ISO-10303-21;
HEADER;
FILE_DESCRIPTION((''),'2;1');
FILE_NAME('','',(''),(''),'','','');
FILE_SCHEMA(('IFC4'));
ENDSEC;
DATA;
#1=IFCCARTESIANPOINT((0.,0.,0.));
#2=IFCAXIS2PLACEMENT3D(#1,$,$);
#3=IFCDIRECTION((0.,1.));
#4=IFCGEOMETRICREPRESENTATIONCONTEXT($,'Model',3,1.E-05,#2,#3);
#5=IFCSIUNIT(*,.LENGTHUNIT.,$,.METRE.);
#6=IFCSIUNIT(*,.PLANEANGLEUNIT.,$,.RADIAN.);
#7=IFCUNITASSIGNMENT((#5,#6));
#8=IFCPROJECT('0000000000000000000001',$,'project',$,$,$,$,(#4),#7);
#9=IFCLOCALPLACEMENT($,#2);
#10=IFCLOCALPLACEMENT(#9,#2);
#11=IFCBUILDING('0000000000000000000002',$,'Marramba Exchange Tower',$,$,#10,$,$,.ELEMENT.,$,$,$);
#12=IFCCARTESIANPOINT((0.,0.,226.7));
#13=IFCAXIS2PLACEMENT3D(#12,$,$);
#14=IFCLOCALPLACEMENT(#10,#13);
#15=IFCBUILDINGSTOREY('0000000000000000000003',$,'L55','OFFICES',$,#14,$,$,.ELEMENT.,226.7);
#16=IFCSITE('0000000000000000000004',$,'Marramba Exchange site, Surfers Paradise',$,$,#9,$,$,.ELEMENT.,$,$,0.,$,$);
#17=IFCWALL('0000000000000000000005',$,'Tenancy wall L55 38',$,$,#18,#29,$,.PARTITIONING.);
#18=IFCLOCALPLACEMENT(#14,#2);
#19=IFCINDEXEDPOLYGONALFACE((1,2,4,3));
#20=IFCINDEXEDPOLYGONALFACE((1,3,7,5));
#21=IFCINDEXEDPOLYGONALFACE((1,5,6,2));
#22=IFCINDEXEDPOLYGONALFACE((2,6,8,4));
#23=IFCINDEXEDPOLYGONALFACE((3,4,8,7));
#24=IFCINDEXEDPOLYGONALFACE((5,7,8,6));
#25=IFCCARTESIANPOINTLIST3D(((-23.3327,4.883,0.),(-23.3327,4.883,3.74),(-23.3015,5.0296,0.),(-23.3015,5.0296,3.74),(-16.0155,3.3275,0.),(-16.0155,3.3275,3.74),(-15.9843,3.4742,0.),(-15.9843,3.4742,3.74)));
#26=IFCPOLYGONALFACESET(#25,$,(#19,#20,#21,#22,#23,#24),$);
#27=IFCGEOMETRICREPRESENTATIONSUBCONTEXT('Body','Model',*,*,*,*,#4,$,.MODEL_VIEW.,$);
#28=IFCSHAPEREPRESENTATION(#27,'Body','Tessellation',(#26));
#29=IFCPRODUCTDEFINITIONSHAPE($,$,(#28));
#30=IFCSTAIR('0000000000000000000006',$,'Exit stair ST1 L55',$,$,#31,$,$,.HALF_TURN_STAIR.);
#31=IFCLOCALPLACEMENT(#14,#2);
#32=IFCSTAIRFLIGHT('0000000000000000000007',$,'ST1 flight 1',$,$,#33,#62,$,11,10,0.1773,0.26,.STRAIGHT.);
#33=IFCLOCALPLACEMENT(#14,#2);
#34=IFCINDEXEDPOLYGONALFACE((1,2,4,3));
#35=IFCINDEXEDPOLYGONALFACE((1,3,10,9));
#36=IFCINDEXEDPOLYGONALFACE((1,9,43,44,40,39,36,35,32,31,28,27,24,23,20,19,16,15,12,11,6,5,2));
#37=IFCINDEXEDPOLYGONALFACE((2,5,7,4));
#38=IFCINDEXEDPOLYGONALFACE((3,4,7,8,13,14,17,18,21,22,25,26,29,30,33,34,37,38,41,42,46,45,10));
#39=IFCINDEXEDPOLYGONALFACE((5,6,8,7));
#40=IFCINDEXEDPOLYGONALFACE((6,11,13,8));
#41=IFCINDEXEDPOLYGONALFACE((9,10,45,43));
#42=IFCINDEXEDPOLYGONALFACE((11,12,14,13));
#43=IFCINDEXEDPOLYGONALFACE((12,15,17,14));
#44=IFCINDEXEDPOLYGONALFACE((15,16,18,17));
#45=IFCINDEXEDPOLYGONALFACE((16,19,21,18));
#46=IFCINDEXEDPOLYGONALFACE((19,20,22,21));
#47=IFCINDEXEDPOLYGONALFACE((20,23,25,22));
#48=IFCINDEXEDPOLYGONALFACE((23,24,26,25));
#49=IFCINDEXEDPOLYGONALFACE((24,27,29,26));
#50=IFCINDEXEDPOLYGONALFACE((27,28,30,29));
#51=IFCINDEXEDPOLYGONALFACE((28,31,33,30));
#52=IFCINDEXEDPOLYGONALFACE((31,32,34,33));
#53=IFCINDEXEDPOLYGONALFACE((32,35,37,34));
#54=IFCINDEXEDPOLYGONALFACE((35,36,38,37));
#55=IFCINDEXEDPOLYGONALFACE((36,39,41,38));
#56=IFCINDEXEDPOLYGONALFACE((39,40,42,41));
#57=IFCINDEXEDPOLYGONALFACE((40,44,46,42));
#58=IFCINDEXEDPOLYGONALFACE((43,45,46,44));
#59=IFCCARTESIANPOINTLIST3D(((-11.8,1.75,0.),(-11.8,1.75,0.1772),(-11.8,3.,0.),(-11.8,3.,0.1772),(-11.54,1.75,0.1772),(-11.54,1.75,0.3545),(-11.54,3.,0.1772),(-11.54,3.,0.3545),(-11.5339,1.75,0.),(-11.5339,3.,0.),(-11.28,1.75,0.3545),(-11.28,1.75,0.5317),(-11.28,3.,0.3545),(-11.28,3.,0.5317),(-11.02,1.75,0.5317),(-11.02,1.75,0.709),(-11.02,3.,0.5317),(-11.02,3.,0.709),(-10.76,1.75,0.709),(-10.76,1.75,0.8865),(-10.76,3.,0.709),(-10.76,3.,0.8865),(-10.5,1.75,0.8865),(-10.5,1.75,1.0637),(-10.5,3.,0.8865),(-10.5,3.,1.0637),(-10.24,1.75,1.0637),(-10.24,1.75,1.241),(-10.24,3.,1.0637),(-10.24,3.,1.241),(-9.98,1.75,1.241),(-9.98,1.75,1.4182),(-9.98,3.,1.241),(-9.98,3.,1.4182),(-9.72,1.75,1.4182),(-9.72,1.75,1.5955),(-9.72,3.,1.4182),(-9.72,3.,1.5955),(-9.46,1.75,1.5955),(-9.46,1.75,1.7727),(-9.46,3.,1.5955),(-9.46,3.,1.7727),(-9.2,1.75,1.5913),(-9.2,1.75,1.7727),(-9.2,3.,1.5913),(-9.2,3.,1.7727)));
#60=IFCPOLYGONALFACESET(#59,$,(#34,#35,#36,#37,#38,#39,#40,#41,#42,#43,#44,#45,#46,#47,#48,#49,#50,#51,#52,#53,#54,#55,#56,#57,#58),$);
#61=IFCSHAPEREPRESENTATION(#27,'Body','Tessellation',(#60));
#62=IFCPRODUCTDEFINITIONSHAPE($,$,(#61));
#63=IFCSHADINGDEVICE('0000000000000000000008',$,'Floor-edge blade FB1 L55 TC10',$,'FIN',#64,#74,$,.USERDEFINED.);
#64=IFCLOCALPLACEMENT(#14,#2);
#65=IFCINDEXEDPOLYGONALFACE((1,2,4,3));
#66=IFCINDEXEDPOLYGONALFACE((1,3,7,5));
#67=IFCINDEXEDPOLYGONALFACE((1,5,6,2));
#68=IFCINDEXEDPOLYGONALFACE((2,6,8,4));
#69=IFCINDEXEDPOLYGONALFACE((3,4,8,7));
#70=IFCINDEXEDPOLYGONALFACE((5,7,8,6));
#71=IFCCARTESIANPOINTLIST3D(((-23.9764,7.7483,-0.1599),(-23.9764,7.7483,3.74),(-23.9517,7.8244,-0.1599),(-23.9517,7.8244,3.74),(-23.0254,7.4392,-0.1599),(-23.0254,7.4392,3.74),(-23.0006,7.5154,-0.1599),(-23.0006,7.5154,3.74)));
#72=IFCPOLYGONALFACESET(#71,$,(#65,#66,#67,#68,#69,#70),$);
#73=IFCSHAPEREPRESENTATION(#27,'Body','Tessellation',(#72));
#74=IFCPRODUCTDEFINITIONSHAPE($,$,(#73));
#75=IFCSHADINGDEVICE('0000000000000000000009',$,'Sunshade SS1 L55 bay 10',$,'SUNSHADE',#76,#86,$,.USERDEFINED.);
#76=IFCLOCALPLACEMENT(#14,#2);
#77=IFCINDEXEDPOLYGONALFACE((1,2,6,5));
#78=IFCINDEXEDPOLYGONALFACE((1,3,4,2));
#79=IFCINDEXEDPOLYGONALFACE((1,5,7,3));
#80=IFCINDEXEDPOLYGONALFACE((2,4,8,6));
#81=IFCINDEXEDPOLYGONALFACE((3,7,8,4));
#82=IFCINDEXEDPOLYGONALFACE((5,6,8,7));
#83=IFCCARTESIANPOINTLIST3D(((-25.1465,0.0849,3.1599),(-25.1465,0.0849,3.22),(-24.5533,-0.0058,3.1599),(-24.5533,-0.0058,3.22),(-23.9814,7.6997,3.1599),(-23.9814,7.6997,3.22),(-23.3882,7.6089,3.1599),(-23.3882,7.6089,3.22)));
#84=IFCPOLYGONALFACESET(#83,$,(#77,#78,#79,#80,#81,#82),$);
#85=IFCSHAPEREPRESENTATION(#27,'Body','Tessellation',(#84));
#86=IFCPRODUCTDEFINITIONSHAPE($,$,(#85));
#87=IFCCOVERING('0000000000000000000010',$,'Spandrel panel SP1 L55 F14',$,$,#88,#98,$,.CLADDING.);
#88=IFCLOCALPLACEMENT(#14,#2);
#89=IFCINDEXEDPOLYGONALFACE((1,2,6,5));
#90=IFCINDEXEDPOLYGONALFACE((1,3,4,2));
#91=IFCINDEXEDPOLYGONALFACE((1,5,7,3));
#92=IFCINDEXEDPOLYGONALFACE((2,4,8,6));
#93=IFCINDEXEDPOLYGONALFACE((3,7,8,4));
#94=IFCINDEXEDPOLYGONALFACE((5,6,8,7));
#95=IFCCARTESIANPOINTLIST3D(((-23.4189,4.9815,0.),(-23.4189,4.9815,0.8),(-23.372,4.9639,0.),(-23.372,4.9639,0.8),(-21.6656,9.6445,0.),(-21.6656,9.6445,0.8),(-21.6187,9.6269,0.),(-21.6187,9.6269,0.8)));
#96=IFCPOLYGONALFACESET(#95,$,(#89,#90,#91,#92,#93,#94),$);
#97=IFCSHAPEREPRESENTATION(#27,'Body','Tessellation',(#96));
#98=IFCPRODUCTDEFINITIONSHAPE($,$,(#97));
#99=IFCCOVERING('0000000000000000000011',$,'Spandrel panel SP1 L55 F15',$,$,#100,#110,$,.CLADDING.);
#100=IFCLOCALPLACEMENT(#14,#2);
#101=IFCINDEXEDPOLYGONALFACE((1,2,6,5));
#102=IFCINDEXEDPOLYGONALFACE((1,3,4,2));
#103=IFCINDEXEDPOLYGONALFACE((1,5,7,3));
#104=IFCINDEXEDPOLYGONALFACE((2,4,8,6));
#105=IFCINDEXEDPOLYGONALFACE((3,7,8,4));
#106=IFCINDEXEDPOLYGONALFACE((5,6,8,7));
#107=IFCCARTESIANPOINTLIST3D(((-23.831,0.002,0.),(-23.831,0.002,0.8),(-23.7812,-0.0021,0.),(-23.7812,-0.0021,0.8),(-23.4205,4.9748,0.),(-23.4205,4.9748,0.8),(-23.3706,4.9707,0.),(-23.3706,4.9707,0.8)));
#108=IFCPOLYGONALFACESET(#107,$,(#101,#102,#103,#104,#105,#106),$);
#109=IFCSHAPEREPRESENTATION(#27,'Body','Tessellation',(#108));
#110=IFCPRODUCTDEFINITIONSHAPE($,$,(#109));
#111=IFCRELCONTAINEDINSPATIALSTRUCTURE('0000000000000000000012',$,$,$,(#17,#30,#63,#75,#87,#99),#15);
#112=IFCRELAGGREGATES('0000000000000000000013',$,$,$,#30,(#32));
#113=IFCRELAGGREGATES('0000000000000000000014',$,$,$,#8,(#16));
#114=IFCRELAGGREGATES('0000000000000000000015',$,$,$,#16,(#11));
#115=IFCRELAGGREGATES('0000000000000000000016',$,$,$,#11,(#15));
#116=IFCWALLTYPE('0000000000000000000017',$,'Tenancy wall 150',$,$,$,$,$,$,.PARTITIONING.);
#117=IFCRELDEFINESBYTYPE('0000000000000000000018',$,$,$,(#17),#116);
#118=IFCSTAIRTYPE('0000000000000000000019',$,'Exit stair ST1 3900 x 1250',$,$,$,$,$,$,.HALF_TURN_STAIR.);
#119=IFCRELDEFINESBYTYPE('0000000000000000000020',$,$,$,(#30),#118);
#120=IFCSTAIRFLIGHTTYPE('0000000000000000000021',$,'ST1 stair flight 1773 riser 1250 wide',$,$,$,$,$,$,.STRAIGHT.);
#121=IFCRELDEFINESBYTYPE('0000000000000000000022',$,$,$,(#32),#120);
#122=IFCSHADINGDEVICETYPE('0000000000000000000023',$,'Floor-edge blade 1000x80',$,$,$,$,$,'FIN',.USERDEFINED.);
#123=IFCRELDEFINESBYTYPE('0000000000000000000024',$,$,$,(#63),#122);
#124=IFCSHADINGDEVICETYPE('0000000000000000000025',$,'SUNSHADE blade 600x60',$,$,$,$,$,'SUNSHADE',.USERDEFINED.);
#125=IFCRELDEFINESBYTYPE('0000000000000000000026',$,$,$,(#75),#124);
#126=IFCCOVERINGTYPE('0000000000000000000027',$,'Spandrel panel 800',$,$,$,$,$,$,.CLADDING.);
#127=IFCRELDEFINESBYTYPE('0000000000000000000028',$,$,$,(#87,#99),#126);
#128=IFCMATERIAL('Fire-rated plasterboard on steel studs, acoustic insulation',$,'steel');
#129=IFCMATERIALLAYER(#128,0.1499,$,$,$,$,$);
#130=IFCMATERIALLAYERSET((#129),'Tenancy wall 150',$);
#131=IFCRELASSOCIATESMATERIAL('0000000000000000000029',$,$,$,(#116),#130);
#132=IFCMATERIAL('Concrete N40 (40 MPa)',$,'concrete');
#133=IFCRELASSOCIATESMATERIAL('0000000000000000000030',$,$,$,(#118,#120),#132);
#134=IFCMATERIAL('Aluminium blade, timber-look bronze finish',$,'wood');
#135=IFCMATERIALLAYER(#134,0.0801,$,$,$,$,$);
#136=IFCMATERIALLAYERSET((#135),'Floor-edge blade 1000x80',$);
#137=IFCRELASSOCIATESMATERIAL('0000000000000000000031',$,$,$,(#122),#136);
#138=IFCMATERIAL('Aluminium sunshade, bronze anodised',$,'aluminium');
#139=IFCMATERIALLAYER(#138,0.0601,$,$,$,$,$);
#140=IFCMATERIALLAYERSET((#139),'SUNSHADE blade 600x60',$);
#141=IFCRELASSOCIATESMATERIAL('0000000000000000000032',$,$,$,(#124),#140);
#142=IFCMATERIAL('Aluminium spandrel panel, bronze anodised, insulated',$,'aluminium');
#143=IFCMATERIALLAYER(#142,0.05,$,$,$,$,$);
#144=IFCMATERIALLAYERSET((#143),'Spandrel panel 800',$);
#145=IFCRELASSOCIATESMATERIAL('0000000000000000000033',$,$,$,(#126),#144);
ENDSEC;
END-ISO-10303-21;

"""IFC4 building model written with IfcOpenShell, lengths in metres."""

from ifc_helpers import new_model, si_unit, direction, frame, frame_2d, origin, origin_2d, place, context, subcontext, project, spatial, polyline, rectangle, outline, extrude, material, layer, layer_set, type_object, element, aggregate, save


model = new_model("IFC4")

# Units and contexts
model_context = context("Model", 3, precision=1e-05, world=origin(), true_north=direction((0.0, 1.0)))
body_context = subcontext(model_context, "Body", "Model", "MODEL_VIEW")
ifc_project = project(units=[si_unit("LENGTHUNIT", "METRE"), si_unit("PLANEANGLEUNIT", "RADIAN")], contexts=[model_context])

# Site, building, storey
site_placement = place(None, origin())
site = spatial("IfcSite", under=ifc_project, at=site_placement, Name="Marramba Exchange site, Surfers Paradise", CompositionType="ELEMENT", RefElevation=0.0)
building_placement = place(site_placement, origin())
building = spatial("IfcBuilding", under=site, at=building_placement, Name="Marramba Exchange Tower", CompositionType="ELEMENT")
storey_placement = place(building_placement, frame((0.0, 0.0, 226.7)))
storey = spatial("IfcBuildingStorey", under=building, at=storey_placement, Name="L55", Description="OFFICES", CompositionType="ELEMENT", Elevation=226.7)

# Wall
ifc_material_1 = material(Name="Fire-rated plasterboard on steel studs, acoustic insulation", Category="steel")
ifc_layer_1 = layer(ifc_material_1, 0.1499)
ifc_layer_set_1 = layer_set([ifc_layer_1], Name="Tenancy wall 150")
wall_type_1 = type_object("IfcWallType", Name="Tenancy wall 150", PredefinedType="PARTITIONING", material=ifc_layer_set_1)
wall_1_placement = place(storey_placement, frame((-16.0, 3.4009, 0.0), z_axis=(0.0, 0.0, 1.0), x_axis=(-0.978144, 0.207926, 0.0)))
element("IfcWall", 1, at=wall_1_placement, inside=storey, type_object=wall_type_1, Name="Tenancy wall L55 38", PredefinedType="PARTITIONING", context=body_context, shape_type="SweptSolid", body=[
    extrude(rectangle(XDim=7.4807, YDim=0.1499, at=frame_2d((3.7402, 0.0))), origin(), (0.0, 0.0, 1.0), 3.74),
])

# Stair, stair flight
ifc_material_2 = material(Name="Concrete N40 (40 MPa)", Category="concrete")
stair_type = type_object("IfcStairType", Name="Exit stair ST1 3900 x 1250", PredefinedType="HALF_TURN_STAIR", material=ifc_material_2)
stair_placement = place(storey_placement, origin())
stair = element("IfcStair", 2, at=stair_placement, inside=storey, type_object=stair_type, Name="Exit stair ST1 L55", PredefinedType="HALF_TURN_STAIR")
stair_flight_type = type_object("IfcStairFlightType", Name="ST1 stair flight 1773 riser 1250 wide", PredefinedType="STRAIGHT", material=ifc_material_2)
stair_flight_placement = place(storey_placement, frame((-11.8, 2.375, 0.0), z_axis=(0.0, 0.0, 1.0), x_axis=(1.0, 0.0, 0.0)))
stair_flight = element("IfcStairFlight", 3, at=stair_flight_placement, type_object=stair_flight_type, Name="ST1 flight 1", NumberOfRisers=11, NumberOfTreads=10, PredefinedType="STRAIGHT", RiserHeight=0.1773, TreadLength=0.26, context=body_context, shape_type="SweptSolid", body=[
    extrude(outline(polyline([(0.0, 0.0), (0.0, 0.1772), (0.26, 0.1772), (0.26, 0.3545), (0.52, 0.3545), (0.52, 0.5317), (0.78, 0.5317), (0.78, 0.709), (1.04, 0.709), (1.04, 0.8865), (1.3, 0.8865), (1.3, 1.0637), (1.5601, 1.0637), (1.5601, 1.241), (1.8201, 1.241), (1.8201, 1.4182), (2.0801, 1.4182), (2.0801, 1.5955), (2.3401, 1.5955), (2.3401, 1.7727), (2.6001, 1.7727), (2.6001, 1.95), (2.6001, 1.5913), (0.2661, 0.0), (0.0, 0.0)])), frame((0.0, 0.625, 0.0), z_axis=(0.0, -1.0, 0.0), x_axis=(1.0, 0.0, 0.0)), (0.0, 0.0, 1.0), 1.25),
])
aggregate(stair, [stair_flight])

# Shading devices
ifc_material_3 = material(Name="Aluminium blade, timber-look bronze finish", Category="wood")
ifc_layer_2 = layer(ifc_material_3, 0.0801)
ifc_layer_set_2 = layer_set([ifc_layer_2], Name="Floor-edge blade 1000x80")
shading_device_type_1 = type_object("IfcShadingDeviceType", Name="Floor-edge blade 1000x80", ElementType="FIN", PredefinedType="USERDEFINED", material=ifc_layer_set_2)
shading_device_1_placement = place(storey_placement, frame((-23.4885, 7.6318, -0.1599), z_axis=(0.0, 0.0, 1.0), x_axis=(-0.951057, 0.309017, 0.0)))
element("IfcShadingDevice", 4, at=shading_device_1_placement, inside=storey, type_object=shading_device_type_1, Name="Floor-edge blade FB1 L55 TC10", ObjectType="FIN", PredefinedType="USERDEFINED", context=body_context, shape_type="SweptSolid", body=[
    extrude(rectangle(XDim=1.0, YDim=0.0801, at=origin_2d()), origin(), (0.0, 0.0, 1.0), 3.8999),
])
ifc_material_4 = material(Name="Aluminium sunshade, bronze anodised", Category="aluminium")
ifc_layer_3 = layer(ifc_material_4, 0.0601)
ifc_layer_set_3 = layer_set([ifc_layer_3], Name="SUNSHADE blade 600x60")
shading_device_type_2 = type_object("IfcShadingDeviceType", Name="SUNSHADE blade 600x60", ElementType="SUNSHADE", PredefinedType="USERDEFINED", material=ifc_layer_set_3)
shading_device_2_placement = place(storey_placement, frame((-24.2673, 3.8469, 3.1599), z_axis=(0.0, 0.0, 1.0), x_axis=(-0.151241, -0.988497, 0.0)))
element("IfcShadingDevice", 5, at=shading_device_2_placement, inside=storey, type_object=shading_device_type_2, Name="Sunshade SS1 L55 bay 10", ObjectType="SUNSHADE", PredefinedType="USERDEFINED", context=body_context, shape_type="SweptSolid", body=[
    extrude(rectangle(XDim=7.7034, YDim=0.6001, at=origin_2d()), origin(), (0.0, 0.0, 1.0), 0.0601),
])

# Coverings
ifc_material_5 = material(Name="Aluminium spandrel panel, bronze anodised, insulated", Category="aluminium")
ifc_layer_4 = layer(ifc_material_5, 0.05)
ifc_layer_set_4 = layer_set([ifc_layer_4], Name="Spandrel panel 800")
covering_type = type_object("IfcCoveringType", Name="Spandrel panel 800", PredefinedType="CLADDING", material=ifc_layer_set_4)
covering_1_placement = place(storey_placement, frame((-22.5188, 7.3042, 0.0), z_axis=(0.0, 0.0, 1.0), x_axis=(-0.351952, -0.936018, 0.0)))
element("IfcCovering", 6, at=covering_1_placement, inside=storey, type_object=covering_type, Name="Spandrel panel SP1 L55 F14", PredefinedType="CLADDING", context=body_context, shape_type="SweptSolid", body=[
    extrude(rectangle(XDim=4.9817, YDim=0.05, at=origin_2d()), origin(), (0.0, 0.0, 1.0), 0.8),
])
covering_2_placement = place(storey_placement, frame((-23.6008, 2.4863, 0.0), z_axis=(0.0, 0.0, 1.0), x_axis=(-0.082281, -0.996609, 0.0)))
element("IfcCovering", 7, at=covering_2_placement, inside=storey, type_object=covering_type, Name="Spandrel panel SP1 L55 F15", PredefinedType="CLADDING", context=body_context, shape_type="SweptSolid", body=[
    extrude(rectangle(XDim=4.9897, YDim=0.05, at=origin_2d()), origin(), (0.0, 0.0, 1.0), 0.8),
])

save(model, "model.ifc")
